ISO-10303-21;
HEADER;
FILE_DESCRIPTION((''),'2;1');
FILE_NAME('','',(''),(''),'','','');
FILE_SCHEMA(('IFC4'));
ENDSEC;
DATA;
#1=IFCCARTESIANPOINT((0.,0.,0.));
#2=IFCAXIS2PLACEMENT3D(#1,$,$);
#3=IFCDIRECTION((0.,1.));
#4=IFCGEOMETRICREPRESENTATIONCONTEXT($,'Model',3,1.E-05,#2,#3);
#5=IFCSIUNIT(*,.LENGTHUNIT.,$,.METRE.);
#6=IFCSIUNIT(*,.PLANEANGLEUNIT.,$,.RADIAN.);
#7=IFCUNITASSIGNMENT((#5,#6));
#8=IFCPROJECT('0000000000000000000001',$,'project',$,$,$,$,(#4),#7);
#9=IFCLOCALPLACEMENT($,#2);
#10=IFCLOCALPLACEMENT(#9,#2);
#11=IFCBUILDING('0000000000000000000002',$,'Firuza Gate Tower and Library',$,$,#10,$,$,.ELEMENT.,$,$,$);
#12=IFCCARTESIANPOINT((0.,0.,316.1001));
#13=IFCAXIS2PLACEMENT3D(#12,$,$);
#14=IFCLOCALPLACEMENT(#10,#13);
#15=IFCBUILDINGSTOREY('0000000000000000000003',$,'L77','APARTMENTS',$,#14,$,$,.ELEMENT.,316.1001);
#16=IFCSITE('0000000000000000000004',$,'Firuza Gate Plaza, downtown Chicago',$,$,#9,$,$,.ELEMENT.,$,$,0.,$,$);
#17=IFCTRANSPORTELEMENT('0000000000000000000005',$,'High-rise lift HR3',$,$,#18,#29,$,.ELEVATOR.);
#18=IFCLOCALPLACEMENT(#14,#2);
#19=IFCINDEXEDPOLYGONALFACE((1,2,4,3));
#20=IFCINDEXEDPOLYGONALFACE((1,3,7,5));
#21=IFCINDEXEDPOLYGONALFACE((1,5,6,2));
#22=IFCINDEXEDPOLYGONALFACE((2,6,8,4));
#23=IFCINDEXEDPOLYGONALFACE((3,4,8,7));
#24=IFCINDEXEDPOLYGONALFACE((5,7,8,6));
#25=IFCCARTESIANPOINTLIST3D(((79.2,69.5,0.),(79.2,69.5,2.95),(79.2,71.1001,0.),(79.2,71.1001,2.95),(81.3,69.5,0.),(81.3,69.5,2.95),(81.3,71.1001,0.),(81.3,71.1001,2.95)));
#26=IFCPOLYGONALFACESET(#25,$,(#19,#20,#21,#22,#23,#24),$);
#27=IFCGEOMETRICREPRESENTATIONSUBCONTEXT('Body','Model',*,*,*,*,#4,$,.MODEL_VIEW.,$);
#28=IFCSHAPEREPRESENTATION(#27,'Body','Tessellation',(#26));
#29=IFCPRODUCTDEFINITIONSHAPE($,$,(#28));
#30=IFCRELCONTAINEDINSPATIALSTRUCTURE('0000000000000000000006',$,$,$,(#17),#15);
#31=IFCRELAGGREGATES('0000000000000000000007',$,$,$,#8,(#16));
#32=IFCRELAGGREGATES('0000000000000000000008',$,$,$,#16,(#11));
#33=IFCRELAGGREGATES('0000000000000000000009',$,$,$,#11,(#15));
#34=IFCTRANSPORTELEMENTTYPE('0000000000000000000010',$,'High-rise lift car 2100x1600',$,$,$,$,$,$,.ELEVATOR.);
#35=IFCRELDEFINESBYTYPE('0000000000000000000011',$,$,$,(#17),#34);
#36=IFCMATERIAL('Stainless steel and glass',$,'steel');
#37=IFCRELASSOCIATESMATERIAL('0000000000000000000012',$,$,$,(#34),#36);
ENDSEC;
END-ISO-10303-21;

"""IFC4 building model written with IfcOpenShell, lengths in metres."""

from ifc_helpers import new_model, si_unit, direction, frame, origin, origin_2d, place, context, subcontext, project, spatial, rectangle, extrude, material, type_object, element, save


model = new_model("IFC4")

# Units and contexts
model_context = context("Model", 3, precision=1e-05, world=origin(), true_north=direction((0.0, 1.0)))
body_context = subcontext(model_context, "Body", "Model", "MODEL_VIEW")
ifc_project = project(units=[si_unit("LENGTHUNIT", "METRE"), si_unit("PLANEANGLEUNIT", "RADIAN")], contexts=[model_context])

# Site, building, storey
site_placement = place(None, origin())
site = spatial("IfcSite", under=ifc_project, at=site_placement, Name="Firuza Gate Plaza, downtown Chicago", CompositionType="ELEMENT", RefElevation=0.0)
building_placement = place(site_placement, origin())
building = spatial("IfcBuilding", under=site, at=building_placement, Name="Firuza Gate Tower and Library", CompositionType="ELEMENT")
storey_placement = place(building_placement, frame((0.0, 0.0, 316.1001)))
storey = spatial("IfcBuildingStorey", under=building, at=storey_placement, Name="L77", Description="APARTMENTS", CompositionType="ELEMENT", Elevation=316.1001)

# Transport element
ifc_material_1 = material(Name="Stainless steel and glass", Category="steel")
transport_element_type = type_object("IfcTransportElementType", Name="High-rise lift car 2100x1600", PredefinedType="ELEVATOR", material=ifc_material_1)
transport_element_placement = place(storey_placement, frame((80.25, 70.3, 0.0), z_axis=(0.0, 0.0, 1.0), x_axis=(1.0, 0.0, 0.0)))
element("IfcTransportElement", 1, at=transport_element_placement, inside=storey, type_object=transport_element_type, Name="High-rise lift HR3", PredefinedType="ELEVATOR", context=body_context, shape_type="SweptSolid", body=[
    extrude(rectangle(XDim=2.1001, YDim=1.6001, at=origin_2d()), origin(), (0.0, 0.0, 1.0), 2.95),
])

save(model, "model.ifc")
